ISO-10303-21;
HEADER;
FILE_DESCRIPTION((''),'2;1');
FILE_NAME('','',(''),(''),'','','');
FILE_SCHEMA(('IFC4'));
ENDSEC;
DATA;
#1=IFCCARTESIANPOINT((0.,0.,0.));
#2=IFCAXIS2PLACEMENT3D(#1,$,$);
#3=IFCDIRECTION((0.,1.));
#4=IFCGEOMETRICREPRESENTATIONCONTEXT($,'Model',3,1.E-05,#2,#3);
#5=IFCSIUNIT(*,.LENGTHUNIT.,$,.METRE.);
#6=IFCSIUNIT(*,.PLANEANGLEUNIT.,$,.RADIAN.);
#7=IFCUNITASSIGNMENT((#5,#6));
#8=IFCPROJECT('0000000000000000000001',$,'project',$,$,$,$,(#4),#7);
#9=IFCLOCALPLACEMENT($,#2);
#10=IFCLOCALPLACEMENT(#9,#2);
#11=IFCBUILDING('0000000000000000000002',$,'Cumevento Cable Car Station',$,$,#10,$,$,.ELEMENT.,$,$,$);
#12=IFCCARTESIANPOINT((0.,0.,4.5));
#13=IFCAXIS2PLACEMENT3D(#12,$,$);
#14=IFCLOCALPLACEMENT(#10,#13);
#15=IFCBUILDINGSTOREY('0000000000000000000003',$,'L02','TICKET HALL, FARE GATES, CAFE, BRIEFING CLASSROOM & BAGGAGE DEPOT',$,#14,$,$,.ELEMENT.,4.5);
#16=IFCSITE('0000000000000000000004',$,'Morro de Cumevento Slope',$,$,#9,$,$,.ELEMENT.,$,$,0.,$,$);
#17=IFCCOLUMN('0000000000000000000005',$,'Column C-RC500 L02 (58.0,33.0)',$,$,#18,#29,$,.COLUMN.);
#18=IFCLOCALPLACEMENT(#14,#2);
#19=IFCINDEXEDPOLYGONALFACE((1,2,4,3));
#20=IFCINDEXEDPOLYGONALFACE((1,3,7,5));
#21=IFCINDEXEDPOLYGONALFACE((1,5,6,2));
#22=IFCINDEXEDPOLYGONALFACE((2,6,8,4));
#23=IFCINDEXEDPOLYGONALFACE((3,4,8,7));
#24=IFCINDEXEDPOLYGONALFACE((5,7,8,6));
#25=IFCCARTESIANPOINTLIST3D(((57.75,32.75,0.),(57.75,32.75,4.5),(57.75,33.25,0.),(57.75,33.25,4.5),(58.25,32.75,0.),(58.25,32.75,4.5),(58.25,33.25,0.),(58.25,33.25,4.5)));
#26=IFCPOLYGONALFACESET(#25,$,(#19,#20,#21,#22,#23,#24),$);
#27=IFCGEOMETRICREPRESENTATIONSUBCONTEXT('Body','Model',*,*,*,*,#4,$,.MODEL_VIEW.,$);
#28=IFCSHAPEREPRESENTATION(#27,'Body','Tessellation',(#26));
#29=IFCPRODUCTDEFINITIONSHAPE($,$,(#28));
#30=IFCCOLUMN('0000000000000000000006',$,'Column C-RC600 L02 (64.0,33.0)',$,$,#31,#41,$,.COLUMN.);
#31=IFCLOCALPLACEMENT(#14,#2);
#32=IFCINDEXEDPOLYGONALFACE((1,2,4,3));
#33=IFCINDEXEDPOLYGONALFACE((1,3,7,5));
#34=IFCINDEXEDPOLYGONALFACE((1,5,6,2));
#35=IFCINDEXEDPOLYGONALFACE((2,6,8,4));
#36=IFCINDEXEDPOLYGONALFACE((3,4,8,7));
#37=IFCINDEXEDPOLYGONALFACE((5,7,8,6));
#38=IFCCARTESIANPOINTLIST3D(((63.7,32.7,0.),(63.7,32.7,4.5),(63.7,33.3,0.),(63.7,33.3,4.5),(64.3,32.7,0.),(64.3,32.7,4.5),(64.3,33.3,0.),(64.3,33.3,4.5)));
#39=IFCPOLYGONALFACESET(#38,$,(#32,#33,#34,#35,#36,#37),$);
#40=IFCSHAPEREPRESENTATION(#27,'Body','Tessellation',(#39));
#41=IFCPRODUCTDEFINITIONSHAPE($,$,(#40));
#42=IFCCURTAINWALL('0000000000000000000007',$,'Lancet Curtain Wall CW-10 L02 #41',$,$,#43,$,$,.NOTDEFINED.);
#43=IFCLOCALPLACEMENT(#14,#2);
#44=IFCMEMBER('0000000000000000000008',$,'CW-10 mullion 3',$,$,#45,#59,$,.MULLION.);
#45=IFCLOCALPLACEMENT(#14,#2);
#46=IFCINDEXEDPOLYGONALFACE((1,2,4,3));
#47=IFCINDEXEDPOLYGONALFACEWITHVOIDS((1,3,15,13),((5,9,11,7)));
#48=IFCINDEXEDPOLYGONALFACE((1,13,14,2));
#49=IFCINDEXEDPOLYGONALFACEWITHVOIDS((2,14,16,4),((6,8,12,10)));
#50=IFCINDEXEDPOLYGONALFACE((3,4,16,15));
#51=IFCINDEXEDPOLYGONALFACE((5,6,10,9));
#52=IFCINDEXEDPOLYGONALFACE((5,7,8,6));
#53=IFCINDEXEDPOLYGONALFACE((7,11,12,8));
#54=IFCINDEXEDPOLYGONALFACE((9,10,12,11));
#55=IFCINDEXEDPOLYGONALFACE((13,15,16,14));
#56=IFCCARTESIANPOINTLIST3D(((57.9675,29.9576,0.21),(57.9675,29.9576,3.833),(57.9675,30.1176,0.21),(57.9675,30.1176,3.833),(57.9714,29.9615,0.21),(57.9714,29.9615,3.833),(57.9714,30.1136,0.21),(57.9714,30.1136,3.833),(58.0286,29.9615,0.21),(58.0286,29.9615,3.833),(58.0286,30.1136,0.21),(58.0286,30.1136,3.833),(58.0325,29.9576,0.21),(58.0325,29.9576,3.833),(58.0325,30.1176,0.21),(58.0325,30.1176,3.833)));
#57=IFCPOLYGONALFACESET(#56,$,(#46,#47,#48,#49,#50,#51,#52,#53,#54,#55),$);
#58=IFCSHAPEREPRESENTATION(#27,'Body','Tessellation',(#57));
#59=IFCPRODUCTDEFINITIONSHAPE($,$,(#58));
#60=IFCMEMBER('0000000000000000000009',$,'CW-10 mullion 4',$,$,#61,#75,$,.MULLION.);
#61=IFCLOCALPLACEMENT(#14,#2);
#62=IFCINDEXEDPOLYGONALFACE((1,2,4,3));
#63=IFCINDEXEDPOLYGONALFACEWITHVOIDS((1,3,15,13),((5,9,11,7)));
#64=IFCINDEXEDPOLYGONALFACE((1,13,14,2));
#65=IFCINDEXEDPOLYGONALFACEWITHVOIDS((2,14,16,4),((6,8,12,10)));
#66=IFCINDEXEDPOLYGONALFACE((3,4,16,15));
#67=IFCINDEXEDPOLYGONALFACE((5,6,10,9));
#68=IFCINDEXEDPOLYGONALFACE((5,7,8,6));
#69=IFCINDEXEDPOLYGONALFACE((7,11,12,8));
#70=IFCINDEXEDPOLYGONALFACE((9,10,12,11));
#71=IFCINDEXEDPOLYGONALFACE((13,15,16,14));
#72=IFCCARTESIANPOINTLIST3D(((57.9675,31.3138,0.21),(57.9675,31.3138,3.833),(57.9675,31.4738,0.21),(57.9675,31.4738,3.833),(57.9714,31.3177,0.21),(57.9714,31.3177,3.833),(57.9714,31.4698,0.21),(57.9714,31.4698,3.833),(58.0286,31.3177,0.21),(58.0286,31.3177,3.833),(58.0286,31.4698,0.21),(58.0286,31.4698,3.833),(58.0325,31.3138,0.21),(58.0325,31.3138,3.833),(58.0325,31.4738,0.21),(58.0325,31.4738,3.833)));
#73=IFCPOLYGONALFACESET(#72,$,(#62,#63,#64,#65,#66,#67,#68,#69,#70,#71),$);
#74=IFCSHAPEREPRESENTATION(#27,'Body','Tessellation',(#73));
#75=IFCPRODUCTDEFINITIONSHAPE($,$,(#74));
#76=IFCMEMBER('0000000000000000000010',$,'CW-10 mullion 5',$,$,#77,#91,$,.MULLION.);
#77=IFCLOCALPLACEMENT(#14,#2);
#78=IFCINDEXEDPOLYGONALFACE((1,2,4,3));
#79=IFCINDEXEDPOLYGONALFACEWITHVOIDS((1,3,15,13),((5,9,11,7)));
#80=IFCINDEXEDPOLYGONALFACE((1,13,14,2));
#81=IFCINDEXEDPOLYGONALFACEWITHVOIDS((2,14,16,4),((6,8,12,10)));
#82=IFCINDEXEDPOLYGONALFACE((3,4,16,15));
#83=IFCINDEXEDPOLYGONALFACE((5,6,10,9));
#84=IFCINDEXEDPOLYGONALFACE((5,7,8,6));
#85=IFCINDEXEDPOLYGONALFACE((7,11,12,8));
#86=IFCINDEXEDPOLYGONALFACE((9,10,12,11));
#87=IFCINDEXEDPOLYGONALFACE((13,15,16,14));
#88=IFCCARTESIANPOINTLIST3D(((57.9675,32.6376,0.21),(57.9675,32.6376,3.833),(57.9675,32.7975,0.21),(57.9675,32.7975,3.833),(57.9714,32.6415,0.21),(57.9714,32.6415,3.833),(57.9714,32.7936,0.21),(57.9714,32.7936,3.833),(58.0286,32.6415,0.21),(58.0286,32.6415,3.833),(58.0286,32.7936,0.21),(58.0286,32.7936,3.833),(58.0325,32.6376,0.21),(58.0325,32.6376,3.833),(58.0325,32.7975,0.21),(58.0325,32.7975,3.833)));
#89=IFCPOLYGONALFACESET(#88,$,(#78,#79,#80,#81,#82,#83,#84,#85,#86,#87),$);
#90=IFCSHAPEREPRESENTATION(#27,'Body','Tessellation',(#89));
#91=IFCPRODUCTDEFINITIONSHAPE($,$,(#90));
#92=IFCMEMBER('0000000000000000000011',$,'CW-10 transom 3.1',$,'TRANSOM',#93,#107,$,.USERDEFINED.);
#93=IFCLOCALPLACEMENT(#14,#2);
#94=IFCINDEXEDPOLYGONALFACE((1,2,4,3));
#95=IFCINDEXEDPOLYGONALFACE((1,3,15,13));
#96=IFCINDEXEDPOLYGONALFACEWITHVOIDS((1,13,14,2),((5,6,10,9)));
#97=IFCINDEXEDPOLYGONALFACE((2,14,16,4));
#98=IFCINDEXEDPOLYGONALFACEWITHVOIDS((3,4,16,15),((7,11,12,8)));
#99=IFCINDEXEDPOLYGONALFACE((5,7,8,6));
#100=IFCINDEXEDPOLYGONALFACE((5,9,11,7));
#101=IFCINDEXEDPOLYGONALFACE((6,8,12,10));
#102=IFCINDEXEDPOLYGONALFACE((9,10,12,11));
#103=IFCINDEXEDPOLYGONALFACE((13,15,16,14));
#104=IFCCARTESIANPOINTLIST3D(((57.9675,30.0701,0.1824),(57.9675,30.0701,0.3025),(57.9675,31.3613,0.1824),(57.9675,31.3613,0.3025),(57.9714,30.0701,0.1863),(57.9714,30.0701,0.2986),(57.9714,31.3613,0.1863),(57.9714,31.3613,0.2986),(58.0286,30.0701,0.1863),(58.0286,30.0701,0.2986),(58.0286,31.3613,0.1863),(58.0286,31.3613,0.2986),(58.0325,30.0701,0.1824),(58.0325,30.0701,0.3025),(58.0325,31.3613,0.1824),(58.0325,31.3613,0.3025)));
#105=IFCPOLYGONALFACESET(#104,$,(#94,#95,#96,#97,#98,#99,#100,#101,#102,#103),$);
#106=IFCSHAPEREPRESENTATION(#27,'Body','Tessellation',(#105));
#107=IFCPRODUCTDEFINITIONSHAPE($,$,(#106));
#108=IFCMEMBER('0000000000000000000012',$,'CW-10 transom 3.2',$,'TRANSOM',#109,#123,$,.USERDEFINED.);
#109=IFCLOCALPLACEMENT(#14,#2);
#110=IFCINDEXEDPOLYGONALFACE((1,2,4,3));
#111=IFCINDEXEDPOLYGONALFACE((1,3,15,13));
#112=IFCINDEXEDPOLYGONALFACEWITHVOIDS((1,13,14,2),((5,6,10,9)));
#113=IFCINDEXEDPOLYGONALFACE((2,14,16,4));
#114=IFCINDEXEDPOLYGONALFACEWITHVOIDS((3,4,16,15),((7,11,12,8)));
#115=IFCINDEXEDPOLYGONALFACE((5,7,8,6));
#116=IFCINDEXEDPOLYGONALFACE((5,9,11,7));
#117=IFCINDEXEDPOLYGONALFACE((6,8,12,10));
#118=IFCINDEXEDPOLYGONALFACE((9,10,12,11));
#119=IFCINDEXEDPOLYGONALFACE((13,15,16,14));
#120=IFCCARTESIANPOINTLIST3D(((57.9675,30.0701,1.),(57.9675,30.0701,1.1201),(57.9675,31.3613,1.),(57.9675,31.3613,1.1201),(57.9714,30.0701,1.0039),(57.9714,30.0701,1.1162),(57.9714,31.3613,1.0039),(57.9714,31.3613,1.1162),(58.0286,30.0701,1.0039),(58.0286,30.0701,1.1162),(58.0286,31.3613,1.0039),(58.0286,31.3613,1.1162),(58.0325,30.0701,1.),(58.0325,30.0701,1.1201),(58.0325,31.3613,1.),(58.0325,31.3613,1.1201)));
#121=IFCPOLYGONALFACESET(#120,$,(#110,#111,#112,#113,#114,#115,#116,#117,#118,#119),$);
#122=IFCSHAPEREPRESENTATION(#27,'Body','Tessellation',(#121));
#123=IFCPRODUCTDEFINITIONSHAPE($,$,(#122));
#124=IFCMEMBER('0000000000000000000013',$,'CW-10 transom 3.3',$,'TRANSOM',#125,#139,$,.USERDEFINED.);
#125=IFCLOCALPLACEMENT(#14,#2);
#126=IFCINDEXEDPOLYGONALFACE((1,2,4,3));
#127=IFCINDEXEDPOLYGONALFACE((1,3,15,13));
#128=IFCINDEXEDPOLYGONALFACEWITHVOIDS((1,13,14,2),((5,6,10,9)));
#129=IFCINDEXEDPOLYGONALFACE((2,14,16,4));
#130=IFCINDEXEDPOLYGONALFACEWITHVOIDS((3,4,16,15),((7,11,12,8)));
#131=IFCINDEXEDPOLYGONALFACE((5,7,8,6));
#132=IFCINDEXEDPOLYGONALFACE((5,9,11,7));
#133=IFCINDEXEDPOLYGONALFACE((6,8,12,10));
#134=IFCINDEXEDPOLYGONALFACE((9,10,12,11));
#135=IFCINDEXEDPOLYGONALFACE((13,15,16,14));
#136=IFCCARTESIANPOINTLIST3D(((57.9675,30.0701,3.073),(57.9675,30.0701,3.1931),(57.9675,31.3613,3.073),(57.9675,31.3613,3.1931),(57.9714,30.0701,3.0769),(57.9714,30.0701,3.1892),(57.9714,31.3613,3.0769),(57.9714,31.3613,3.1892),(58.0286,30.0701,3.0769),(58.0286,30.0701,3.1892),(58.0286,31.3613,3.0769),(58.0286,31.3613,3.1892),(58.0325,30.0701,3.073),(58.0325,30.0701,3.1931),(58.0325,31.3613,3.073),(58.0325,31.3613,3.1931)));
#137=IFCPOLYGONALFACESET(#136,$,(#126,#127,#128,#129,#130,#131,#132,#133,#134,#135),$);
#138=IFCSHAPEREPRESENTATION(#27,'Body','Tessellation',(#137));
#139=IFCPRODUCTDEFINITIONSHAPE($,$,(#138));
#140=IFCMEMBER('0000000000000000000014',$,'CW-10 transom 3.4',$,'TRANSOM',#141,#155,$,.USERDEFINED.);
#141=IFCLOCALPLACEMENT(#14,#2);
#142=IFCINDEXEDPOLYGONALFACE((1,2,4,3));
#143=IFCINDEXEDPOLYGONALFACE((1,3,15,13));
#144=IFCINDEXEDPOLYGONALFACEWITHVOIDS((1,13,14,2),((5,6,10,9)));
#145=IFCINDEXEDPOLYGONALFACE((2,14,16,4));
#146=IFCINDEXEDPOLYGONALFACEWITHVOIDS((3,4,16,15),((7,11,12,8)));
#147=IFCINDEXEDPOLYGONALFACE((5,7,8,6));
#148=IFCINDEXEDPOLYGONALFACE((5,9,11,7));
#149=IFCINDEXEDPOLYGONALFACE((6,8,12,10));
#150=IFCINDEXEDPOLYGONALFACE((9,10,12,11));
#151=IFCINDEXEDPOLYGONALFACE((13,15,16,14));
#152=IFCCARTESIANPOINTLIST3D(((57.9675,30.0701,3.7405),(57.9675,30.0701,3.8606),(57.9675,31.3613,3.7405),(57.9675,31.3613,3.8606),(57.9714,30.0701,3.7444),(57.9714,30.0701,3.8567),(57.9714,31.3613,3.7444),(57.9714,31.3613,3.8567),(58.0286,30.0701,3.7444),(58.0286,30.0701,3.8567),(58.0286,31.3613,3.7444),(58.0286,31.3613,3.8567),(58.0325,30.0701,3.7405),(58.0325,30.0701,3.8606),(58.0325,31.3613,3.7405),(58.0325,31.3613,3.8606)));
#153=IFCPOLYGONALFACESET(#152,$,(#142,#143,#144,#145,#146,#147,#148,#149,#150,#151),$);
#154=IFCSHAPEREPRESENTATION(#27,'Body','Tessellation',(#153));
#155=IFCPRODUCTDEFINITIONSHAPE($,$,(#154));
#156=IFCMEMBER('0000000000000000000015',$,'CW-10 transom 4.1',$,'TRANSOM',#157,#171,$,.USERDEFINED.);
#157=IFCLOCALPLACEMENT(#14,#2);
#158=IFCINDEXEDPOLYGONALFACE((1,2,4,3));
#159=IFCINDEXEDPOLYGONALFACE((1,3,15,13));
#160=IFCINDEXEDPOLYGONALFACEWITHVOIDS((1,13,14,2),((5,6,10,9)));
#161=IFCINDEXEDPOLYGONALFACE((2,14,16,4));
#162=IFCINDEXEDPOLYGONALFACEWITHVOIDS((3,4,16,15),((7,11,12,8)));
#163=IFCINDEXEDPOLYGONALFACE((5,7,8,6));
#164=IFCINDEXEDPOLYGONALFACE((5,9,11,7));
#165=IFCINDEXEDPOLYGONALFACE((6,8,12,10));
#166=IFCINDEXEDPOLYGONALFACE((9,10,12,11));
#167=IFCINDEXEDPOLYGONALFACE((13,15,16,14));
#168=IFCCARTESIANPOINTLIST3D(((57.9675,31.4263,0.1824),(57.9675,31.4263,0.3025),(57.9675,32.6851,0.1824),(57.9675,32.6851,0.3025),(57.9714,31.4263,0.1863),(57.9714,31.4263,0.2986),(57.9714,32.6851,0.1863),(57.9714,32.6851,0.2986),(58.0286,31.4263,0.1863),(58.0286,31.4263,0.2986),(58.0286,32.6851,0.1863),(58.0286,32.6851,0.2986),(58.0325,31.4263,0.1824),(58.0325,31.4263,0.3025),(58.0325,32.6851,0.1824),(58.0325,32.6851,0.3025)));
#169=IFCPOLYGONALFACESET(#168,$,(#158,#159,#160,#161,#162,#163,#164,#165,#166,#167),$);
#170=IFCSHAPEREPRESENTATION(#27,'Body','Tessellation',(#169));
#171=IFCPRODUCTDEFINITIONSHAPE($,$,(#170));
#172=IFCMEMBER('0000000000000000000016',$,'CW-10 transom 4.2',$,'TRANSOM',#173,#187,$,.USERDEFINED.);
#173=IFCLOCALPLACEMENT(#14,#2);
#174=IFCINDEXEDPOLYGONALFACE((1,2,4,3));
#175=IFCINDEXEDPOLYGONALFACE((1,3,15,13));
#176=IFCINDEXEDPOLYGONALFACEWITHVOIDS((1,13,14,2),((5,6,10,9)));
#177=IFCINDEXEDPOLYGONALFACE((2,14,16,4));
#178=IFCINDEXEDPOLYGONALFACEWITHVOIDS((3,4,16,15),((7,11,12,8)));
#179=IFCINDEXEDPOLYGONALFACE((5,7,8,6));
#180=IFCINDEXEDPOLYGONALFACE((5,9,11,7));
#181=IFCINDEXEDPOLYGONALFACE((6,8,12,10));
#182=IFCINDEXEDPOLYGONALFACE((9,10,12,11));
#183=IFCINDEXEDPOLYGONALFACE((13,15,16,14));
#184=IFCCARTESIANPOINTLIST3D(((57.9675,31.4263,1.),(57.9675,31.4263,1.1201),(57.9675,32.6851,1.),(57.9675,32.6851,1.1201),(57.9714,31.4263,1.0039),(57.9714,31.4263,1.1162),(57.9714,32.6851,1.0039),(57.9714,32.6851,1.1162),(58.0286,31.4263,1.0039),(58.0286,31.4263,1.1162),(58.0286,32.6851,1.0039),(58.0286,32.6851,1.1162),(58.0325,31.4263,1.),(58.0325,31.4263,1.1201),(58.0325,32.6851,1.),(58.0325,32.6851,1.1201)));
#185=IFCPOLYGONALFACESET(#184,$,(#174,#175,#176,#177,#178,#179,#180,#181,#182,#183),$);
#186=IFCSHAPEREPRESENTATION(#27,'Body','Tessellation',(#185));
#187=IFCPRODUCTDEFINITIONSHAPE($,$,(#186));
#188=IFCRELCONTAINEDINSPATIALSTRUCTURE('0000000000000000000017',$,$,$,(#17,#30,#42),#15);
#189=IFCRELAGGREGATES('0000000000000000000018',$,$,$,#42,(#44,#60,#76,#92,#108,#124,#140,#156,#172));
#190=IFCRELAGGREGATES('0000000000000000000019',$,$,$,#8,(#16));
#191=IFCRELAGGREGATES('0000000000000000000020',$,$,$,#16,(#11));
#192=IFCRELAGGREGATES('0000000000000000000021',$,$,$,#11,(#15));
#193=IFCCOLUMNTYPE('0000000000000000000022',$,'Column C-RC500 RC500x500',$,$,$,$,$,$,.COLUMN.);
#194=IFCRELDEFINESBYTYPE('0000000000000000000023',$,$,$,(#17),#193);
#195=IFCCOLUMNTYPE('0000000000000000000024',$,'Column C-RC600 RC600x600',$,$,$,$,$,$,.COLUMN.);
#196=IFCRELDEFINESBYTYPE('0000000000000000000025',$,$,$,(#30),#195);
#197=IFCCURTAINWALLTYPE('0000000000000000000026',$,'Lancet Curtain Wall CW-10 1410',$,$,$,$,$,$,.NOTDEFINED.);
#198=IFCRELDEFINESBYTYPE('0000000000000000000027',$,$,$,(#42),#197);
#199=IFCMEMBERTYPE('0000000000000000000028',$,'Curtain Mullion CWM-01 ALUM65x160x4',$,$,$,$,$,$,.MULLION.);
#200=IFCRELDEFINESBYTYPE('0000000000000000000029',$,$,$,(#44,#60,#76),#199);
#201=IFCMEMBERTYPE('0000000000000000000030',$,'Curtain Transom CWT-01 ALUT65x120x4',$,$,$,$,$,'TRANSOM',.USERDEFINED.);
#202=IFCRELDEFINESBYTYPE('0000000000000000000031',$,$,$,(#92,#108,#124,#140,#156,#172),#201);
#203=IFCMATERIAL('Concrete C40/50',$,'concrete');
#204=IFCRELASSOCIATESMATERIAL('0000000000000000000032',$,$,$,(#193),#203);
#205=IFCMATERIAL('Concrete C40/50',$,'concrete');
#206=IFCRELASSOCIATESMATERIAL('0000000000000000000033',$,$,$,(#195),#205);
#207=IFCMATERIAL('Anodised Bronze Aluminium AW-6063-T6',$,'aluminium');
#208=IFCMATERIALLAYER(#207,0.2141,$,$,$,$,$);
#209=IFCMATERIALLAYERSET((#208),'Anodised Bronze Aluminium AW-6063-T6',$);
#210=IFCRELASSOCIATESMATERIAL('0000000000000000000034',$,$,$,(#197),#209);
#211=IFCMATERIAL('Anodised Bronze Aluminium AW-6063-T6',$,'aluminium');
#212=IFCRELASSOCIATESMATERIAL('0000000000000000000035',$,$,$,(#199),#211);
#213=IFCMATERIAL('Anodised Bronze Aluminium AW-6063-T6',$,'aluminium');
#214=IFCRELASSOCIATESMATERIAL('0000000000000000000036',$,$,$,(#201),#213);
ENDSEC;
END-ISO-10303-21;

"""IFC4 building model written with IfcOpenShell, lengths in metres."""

from ifc_helpers import new_model, si_unit, direction, frame, origin, origin_2d, place, context, subcontext, project, spatial, rectangle, hollow_rectangle, extrude, material, layer, layer_set, material_profile, profile_set, type_object, element, aggregate, save


model = new_model("IFC4")

# Units and contexts
model_context = context("Model", 3, precision=1e-05, world=origin(), true_north=direction((0.0, 1.0)))
body_context = subcontext(model_context, "Body", "Model", "MODEL_VIEW")
ifc_project = project(units=[si_unit("LENGTHUNIT", "METRE"), si_unit("PLANEANGLEUNIT", "RADIAN")], contexts=[model_context])

# Site, building, storey
site_placement = place(None, origin())
site = spatial("IfcSite", under=ifc_project, at=site_placement, Name="Morro de Cumevento Slope", CompositionType="ELEMENT", RefElevation=0.0)
building_placement = place(site_placement, origin())
building = spatial("IfcBuilding", under=site, at=building_placement, Name="Cumevento Cable Car Station", CompositionType="ELEMENT")
storey_placement = place(building_placement, frame((0.0, 0.0, 4.5)))
storey = spatial("IfcBuildingStorey", under=building, at=storey_placement, Name="L02", Description="TICKET HALL, FARE GATES, CAFE, BRIEFING CLASSROOM & BAGGAGE DEPOT", CompositionType="ELEMENT", Elevation=4.5)

# Columns
ifc_material_1 = material(Name="Concrete C40/50", Category="concrete")
ifc_material_profile_1 = material_profile(ifc_material_1, rectangle(XDim=0.5, YDim=0.5, at=origin_2d()), Name="RC500x500")
ifc_profile_set_1 = profile_set([ifc_material_profile_1], Name="Concrete C40/50")
column_type_1 = type_object("IfcColumnType", Name="Column C-RC500 RC500x500", PredefinedType="COLUMN", material=ifc_profile_set_1)
column_1_placement = place(storey_placement, frame((58.0, 33.0, 0.0), z_axis=(0.0, 0.0, 1.0), x_axis=(1.0, 0.0, 0.0)))
element("IfcColumn", 1, at=column_1_placement, inside=storey, type_object=column_type_1, Name="Column C-RC500 L02 (58.0,33.0)", PredefinedType="COLUMN", context=body_context, shape_type="SweptSolid", body=[
    extrude(rectangle(XDim=0.5, YDim=0.5, at=origin_2d()), origin(), (0.0, 0.0, 1.0), 4.5),
])
ifc_material_2 = material(Name="Concrete C40/50", Category="concrete")
ifc_material_profile_2 = material_profile(ifc_material_2, rectangle(XDim=0.6001, YDim=0.6001, at=origin_2d()), Name="RC600x600")
ifc_profile_set_2 = profile_set([ifc_material_profile_2], Name="Concrete C40/50")
column_type_2 = type_object("IfcColumnType", Name="Column C-RC600 RC600x600", PredefinedType="COLUMN", material=ifc_profile_set_2)
column_2_placement = place(storey_placement, frame((64.0, 33.0, 0.0), z_axis=(0.0, 0.0, 1.0), x_axis=(1.0, 0.0, 0.0)))
element("IfcColumn", 2, at=column_2_placement, inside=storey, type_object=column_type_2, Name="Column C-RC600 L02 (64.0,33.0)", PredefinedType="COLUMN", context=body_context, shape_type="SweptSolid", body=[
    extrude(rectangle(XDim=0.6001, YDim=0.6001, at=origin_2d()), origin(), (0.0, 0.0, 1.0), 4.5),
])

# Curtain wall, members
ifc_material_3 = material(Name="Anodised Bronze Aluminium AW-6063-T6", Category="aluminium")
ifc_layer_1 = layer(ifc_material_3, 0.2141)
ifc_layer_set_1 = layer_set([ifc_layer_1], Name="Anodised Bronze Aluminium AW-6063-T6")
curtain_wall_type = type_object("IfcCurtainWallType", Name="Lancet Curtain Wall CW-10 1410", PredefinedType="NOTDEFINED", material=ifc_layer_set_1)
curtain_wall_placement = place(storey_placement, origin())
curtain_wall = element("IfcCurtainWall", 3, at=curtain_wall_placement, inside=storey, type_object=curtain_wall_type, Name="Lancet Curtain Wall CW-10 L02 #41", PredefinedType="NOTDEFINED")
ifc_material_4 = material(Name="Anodised Bronze Aluminium AW-6063-T6", Category="aluminium")
ifc_material_profile_3 = material_profile(ifc_material_4, hollow_rectangle(XDim=0.0649, YDim=0.1599, WallThickness=0.0039, at=origin_2d()), Name="ALUM65x160x4")
ifc_profile_set_3 = profile_set([ifc_material_profile_3], Name="Anodised Bronze Aluminium AW-6063-T6")
member_type_1 = type_object("IfcMemberType", Name="Curtain Mullion CWM-01 ALUM65x160x4", PredefinedType="MULLION", material=ifc_profile_set_3)
member_1_placement = place(storey_placement, frame((58.0, 30.0376, 0.21), z_axis=(0.0, 0.0, 1.0), x_axis=(-1.0, 0.0, 0.0)))
member_1 = element("IfcMember", 4, at=member_1_placement, type_object=member_type_1, Name="CW-10 mullion 3", PredefinedType="MULLION", context=body_context, shape_type="SweptSolid", body=[
    extrude(hollow_rectangle(XDim=0.0649, YDim=0.1599, WallThickness=0.0039, at=origin_2d()), origin(), (0.0, 0.0, 1.0), 3.623),
])
member_2_placement = place(storey_placement, frame((58.0, 31.3938, 0.21), z_axis=(0.0, 0.0, 1.0), x_axis=(-1.0, 0.0, 0.0)))
member_2 = element("IfcMember", 5, at=member_2_placement, type_object=member_type_1, Name="CW-10 mullion 4", PredefinedType="MULLION", context=body_context, shape_type="SweptSolid", body=[
    extrude(hollow_rectangle(XDim=0.0649, YDim=0.1599, WallThickness=0.0039, at=origin_2d()), origin(), (0.0, 0.0, 1.0), 3.623),
])
member_3_placement = place(storey_placement, frame((58.0, 32.7175, 0.21), z_axis=(0.0, 0.0, 1.0), x_axis=(-1.0, 0.0, 0.0)))
member_3 = element("IfcMember", 6, at=member_3_placement, type_object=member_type_1, Name="CW-10 mullion 5", PredefinedType="MULLION", context=body_context, shape_type="SweptSolid", body=[
    extrude(hollow_rectangle(XDim=0.0649, YDim=0.1599, WallThickness=0.0039, at=origin_2d()), origin(), (0.0, 0.0, 1.0), 3.623),
])
ifc_material_5 = material(Name="Anodised Bronze Aluminium AW-6063-T6", Category="aluminium")
ifc_material_profile_4 = material_profile(ifc_material_5, hollow_rectangle(XDim=0.0649, YDim=0.1201, WallThickness=0.0039, at=origin_2d()), Name="ALUT65x120x4")
ifc_profile_set_4 = profile_set([ifc_material_profile_4], Name="Anodised Bronze Aluminium AW-6063-T6")
member_type_2 = type_object("IfcMemberType", Name="Curtain Transom CWT-01 ALUT65x120x4", ElementType="TRANSOM", PredefinedType="USERDEFINED", material=ifc_profile_set_4)
member_4_placement = place(storey_placement, frame((58.0, 30.0701, 0.2424), z_axis=(0.0, 1.0, 0.0), x_axis=(-1.0, 0.0, 0.0)))
member_4 = element("IfcMember", 7, at=member_4_placement, type_object=member_type_2, Name="CW-10 transom 3.1", ObjectType="TRANSOM", PredefinedType="USERDEFINED", context=body_context, shape_type="SweptSolid", body=[
    extrude(hollow_rectangle(XDim=0.0649, YDim=0.1201, WallThickness=0.0039, at=origin_2d()), origin(), (0.0, 0.0, 1.0), 1.2913),
])
member_5_placement = place(storey_placement, frame((58.0, 30.0701, 1.0601), z_axis=(0.0, 1.0, 0.0), x_axis=(-1.0, 0.0, 0.0)))
member_5 = element("IfcMember", 8, at=member_5_placement, type_object=member_type_2, Name="CW-10 transom 3.2", ObjectType="TRANSOM", PredefinedType="USERDEFINED", context=body_context, shape_type="SweptSolid", body=[
    extrude(hollow_rectangle(XDim=0.0649, YDim=0.1201, WallThickness=0.0039, at=origin_2d()), origin(), (0.0, 0.0, 1.0), 1.2913),
])
member_6_placement = place(storey_placement, frame((58.0, 30.0701, 3.1331), z_axis=(0.0, 1.0, 0.0), x_axis=(-1.0, 0.0, 0.0)))
member_6 = element("IfcMember", 9, at=member_6_placement, type_object=member_type_2, Name="CW-10 transom 3.3", ObjectType="TRANSOM", PredefinedType="USERDEFINED", context=body_context, shape_type="SweptSolid", body=[
    extrude(hollow_rectangle(XDim=0.0649, YDim=0.1201, WallThickness=0.0039, at=origin_2d()), origin(), (0.0, 0.0, 1.0), 1.2913),
])
member_7_placement = place(storey_placement, frame((58.0, 30.0701, 3.8005), z_axis=(0.0, 1.0, 0.0), x_axis=(-1.0, 0.0, 0.0)))
member_7 = element("IfcMember", 10, at=member_7_placement, type_object=member_type_2, Name="CW-10 transom 3.4", ObjectType="TRANSOM", PredefinedType="USERDEFINED", context=body_context, shape_type="SweptSolid", body=[
    extrude(hollow_rectangle(XDim=0.0649, YDim=0.1201, WallThickness=0.0039, at=origin_2d()), origin(), (0.0, 0.0, 1.0), 1.2913),
])
member_8_placement = place(storey_placement, frame((58.0, 31.4263, 0.2424), z_axis=(0.0, 1.0, 0.0), x_axis=(-1.0, 0.0, 0.0)))
member_8 = element("IfcMember", 11, at=member_8_placement, type_object=member_type_2, Name="CW-10 transom 4.1", ObjectType="TRANSOM", PredefinedType="USERDEFINED", context=body_context, shape_type="SweptSolid", body=[
    extrude(hollow_rectangle(XDim=0.0649, YDim=0.1201, WallThickness=0.0039, at=origin_2d()), origin(), (0.0, 0.0, 1.0), 1.2588),
])
member_9_placement = place(storey_placement, frame((58.0, 31.4263, 1.0601), z_axis=(0.0, 1.0, 0.0), x_axis=(-1.0, 0.0, 0.0)))
member_9 = element("IfcMember", 12, at=member_9_placement, type_object=member_type_2, Name="CW-10 transom 4.2", ObjectType="TRANSOM", PredefinedType="USERDEFINED", context=body_context, shape_type="SweptSolid", body=[
    extrude(hollow_rectangle(XDim=0.0649, YDim=0.1201, WallThickness=0.0039, at=origin_2d()), origin(), (0.0, 0.0, 1.0), 1.2588),
])

aggregate(curtain_wall, [member_1, member_2, member_3, member_4, member_5, member_6, member_7, member_8, member_9])

save(model, "model.ifc")
